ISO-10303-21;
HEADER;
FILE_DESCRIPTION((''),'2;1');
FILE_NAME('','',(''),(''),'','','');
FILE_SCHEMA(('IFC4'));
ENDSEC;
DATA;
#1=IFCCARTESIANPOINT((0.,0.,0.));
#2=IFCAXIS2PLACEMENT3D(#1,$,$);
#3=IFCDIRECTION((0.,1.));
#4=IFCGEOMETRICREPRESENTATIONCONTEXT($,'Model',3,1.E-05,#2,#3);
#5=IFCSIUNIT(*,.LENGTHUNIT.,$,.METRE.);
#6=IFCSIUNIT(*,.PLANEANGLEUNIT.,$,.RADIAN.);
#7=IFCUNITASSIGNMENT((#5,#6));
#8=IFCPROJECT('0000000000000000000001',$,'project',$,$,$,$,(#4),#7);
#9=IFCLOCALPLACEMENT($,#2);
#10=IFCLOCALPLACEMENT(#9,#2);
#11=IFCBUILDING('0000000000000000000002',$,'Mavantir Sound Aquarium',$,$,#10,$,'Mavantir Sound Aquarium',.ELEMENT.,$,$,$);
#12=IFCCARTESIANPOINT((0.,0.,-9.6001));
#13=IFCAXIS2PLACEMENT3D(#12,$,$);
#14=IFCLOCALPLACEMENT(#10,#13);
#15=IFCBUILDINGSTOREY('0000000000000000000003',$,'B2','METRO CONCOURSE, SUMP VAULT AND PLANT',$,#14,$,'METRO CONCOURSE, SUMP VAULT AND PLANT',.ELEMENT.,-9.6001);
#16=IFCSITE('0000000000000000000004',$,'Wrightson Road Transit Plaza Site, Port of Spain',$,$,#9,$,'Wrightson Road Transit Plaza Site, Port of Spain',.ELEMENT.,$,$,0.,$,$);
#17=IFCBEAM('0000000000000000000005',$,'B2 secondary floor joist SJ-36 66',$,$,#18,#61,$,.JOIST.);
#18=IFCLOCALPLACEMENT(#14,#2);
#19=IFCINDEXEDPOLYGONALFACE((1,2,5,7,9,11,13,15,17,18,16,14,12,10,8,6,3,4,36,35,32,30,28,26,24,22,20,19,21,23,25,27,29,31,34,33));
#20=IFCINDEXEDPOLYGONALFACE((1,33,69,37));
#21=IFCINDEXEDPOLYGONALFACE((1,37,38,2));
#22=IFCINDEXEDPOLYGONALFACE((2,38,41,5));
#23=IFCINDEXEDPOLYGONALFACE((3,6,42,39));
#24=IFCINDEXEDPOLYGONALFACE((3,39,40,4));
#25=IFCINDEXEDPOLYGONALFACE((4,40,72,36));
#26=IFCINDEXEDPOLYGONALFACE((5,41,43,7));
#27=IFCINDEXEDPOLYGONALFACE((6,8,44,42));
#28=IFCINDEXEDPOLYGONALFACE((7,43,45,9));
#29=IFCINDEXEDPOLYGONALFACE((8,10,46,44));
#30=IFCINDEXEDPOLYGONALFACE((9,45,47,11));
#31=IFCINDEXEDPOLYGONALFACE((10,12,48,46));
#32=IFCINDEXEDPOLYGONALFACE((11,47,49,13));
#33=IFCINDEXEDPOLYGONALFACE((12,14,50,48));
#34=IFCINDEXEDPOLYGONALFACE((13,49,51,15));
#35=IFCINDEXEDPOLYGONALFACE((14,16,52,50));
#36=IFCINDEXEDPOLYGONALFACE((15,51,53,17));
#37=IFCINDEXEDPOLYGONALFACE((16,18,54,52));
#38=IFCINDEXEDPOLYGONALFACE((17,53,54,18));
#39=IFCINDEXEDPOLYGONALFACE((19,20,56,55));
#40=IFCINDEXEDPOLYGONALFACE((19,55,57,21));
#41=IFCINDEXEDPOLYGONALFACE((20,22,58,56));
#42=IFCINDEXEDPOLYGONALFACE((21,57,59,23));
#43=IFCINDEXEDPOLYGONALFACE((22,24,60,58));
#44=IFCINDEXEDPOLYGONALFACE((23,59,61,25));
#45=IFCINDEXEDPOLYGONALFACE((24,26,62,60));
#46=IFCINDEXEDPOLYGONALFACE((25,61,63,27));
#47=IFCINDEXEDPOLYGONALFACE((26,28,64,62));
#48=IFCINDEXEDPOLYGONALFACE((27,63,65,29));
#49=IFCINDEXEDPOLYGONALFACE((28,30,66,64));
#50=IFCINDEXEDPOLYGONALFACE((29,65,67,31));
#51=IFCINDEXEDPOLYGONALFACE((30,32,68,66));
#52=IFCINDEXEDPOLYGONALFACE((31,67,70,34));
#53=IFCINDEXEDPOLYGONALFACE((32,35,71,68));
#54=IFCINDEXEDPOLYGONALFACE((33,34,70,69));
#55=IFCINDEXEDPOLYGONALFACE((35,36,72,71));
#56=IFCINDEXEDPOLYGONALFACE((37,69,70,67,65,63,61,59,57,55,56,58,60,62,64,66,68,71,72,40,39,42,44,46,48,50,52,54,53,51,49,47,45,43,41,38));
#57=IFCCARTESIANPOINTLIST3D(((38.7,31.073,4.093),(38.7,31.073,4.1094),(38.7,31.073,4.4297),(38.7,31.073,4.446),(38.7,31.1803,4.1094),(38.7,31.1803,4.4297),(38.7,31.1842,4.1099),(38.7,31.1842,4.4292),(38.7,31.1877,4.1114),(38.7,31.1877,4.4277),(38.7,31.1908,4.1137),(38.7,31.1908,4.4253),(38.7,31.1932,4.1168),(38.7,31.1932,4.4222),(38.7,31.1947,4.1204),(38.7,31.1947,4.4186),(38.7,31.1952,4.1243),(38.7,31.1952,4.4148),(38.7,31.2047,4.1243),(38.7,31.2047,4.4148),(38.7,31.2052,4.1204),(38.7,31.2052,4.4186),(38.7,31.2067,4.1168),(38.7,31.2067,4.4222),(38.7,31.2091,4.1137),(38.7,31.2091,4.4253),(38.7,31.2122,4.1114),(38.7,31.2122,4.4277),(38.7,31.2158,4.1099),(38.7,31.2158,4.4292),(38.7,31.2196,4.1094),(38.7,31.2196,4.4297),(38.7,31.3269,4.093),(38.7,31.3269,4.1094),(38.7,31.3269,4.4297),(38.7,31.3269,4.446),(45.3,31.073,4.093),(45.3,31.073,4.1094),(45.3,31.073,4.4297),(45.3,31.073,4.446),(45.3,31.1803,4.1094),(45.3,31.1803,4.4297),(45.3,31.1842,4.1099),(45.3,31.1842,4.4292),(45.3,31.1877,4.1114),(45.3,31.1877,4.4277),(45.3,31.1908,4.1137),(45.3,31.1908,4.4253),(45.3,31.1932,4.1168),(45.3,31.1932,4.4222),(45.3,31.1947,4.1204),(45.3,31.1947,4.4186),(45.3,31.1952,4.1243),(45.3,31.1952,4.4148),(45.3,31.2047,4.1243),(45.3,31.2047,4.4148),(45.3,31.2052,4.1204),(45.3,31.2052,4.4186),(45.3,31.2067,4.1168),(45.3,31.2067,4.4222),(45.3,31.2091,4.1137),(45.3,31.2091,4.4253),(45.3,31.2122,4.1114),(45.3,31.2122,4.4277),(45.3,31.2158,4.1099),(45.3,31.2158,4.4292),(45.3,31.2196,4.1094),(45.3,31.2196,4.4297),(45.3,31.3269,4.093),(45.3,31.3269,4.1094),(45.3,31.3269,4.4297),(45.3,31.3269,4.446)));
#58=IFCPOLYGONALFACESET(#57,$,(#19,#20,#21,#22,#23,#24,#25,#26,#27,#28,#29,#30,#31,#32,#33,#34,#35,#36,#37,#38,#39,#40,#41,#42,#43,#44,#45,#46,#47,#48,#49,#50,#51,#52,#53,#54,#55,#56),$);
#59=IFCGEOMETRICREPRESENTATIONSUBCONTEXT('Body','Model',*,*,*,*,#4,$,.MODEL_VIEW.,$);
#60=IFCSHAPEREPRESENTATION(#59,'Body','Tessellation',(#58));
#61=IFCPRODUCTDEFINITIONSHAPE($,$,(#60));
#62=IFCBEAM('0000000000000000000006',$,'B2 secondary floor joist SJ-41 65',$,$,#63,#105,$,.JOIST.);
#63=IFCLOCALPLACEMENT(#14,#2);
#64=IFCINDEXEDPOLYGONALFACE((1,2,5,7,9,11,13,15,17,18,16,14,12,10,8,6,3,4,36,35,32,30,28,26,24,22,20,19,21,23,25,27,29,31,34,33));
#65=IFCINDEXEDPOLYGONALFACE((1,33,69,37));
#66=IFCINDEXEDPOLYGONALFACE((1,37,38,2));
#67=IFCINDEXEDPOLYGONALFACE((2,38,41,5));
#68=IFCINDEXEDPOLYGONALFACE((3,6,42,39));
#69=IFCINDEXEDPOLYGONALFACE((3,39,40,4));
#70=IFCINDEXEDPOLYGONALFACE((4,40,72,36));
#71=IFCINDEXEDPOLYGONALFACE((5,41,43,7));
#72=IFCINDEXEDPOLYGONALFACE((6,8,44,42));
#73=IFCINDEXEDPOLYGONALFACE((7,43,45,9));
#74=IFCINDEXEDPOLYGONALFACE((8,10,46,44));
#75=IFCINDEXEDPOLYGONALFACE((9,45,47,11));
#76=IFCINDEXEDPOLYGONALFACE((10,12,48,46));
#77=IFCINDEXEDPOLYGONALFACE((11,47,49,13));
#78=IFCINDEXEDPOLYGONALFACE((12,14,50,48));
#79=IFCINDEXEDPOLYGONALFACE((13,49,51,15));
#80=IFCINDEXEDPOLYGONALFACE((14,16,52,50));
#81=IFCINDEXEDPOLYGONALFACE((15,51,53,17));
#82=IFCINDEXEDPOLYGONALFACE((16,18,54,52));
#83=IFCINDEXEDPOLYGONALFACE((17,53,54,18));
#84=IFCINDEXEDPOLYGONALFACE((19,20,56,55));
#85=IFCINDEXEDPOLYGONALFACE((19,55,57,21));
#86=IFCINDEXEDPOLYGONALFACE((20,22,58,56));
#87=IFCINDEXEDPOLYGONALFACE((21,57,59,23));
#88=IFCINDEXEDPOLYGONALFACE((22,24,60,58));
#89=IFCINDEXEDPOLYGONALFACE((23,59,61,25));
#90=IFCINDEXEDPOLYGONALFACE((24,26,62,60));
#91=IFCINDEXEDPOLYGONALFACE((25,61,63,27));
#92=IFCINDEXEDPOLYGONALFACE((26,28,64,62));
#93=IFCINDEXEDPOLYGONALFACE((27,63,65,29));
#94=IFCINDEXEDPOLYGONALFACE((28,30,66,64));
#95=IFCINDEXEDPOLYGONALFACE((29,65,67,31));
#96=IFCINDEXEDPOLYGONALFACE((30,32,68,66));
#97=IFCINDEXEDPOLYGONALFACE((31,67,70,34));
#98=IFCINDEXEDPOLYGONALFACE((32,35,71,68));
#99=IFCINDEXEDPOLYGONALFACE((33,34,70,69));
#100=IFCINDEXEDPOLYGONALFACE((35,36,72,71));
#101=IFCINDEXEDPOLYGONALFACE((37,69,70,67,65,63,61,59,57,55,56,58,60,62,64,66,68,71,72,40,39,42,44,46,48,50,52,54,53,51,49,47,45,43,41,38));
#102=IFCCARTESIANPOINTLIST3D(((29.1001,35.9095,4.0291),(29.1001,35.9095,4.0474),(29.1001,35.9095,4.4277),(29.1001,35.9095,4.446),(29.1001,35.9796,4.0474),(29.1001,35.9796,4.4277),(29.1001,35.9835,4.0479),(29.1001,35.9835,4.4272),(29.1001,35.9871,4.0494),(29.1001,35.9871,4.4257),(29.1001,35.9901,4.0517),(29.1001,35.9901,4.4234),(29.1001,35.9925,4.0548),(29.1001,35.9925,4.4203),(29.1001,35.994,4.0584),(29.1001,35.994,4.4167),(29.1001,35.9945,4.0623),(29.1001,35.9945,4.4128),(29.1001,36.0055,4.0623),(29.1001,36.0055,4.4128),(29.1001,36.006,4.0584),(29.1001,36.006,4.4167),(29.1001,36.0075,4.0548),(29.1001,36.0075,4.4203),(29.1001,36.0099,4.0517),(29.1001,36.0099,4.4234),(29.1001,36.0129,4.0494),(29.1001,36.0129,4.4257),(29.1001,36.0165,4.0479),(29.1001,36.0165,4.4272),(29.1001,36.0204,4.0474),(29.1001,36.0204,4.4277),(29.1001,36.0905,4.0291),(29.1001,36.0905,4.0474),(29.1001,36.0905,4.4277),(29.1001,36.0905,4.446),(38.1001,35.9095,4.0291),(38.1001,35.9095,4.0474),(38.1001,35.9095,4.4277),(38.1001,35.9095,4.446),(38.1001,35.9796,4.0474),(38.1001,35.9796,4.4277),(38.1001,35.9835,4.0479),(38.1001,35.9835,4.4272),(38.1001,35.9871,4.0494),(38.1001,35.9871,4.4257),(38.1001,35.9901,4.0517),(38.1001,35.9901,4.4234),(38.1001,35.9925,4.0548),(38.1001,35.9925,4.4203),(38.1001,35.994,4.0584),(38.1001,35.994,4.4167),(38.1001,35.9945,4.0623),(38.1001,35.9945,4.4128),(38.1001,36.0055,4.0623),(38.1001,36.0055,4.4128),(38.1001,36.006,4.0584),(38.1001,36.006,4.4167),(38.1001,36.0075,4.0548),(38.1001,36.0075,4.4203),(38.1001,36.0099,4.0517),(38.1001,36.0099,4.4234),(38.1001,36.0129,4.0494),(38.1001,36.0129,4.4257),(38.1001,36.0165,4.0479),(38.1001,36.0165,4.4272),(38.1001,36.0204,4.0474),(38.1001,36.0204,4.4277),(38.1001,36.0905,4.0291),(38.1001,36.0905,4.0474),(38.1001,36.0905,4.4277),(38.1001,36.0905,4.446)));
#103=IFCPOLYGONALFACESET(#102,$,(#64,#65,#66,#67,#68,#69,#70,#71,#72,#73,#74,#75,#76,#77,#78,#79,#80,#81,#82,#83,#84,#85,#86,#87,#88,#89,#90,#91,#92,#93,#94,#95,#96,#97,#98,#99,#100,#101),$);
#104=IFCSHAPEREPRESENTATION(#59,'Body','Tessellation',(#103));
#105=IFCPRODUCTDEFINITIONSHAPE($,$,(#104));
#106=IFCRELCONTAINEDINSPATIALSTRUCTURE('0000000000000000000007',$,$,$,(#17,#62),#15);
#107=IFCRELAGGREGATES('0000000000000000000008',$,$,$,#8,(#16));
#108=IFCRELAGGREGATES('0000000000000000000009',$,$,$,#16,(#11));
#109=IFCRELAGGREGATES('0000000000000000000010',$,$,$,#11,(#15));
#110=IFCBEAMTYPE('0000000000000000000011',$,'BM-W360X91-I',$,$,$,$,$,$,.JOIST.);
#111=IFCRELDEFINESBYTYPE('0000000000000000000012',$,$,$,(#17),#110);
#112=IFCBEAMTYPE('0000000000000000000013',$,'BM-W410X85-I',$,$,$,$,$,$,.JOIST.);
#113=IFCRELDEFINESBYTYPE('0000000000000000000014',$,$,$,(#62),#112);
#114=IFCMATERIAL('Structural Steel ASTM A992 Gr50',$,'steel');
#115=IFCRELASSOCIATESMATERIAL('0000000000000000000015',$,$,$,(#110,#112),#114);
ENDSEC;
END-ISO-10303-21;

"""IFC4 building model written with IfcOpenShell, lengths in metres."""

from ifc_helpers import new_model, si_unit, direction, frame, origin, origin_2d, place, context, subcontext, project, spatial, i_section, extrude, material, material_profile, profile_set, type_object, element, save


model = new_model("IFC4")

# Units and contexts
model_context = context("Model", 3, precision=1e-05, world=origin(), true_north=direction((0.0, 1.0)))
body_context = subcontext(model_context, "Body", "Model", "MODEL_VIEW")
ifc_project = project(units=[si_unit("LENGTHUNIT", "METRE"), si_unit("PLANEANGLEUNIT", "RADIAN")], contexts=[model_context])

# Site, building, storey
site_placement = place(None, origin())
site = spatial("IfcSite", under=ifc_project, at=site_placement, Name="Wrightson Road Transit Plaza Site, Port of Spain", LongName="Wrightson Road Transit Plaza Site, Port of Spain", CompositionType="ELEMENT", RefElevation=0.0)
building_placement = place(site_placement, origin())
building = spatial("IfcBuilding", under=site, at=building_placement, Name="Mavantir Sound Aquarium", LongName="Mavantir Sound Aquarium", CompositionType="ELEMENT")
storey_placement = place(building_placement, frame((0.0, 0.0, -9.6001)))
storey = spatial("IfcBuildingStorey", under=building, at=storey_placement, Name="B2", Description="METRO CONCOURSE, SUMP VAULT AND PLANT", LongName="METRO CONCOURSE, SUMP VAULT AND PLANT", CompositionType="ELEMENT", Elevation=-9.6001)

# Beams
ifc_material_1 = material(Name="Structural Steel ASTM A992 Gr50", Category="steel")
ifc_material_profile_1 = material_profile(ifc_material_1, i_section(OverallWidth=0.2539, OverallDepth=0.353, WebThickness=0.0095, FlangeThickness=0.0164, FilletRadius=0.0149, at=origin_2d()), Name="W360X91")
ifc_profile_set_1 = profile_set([ifc_material_profile_1], Name="Structural Steel ASTM A992 Gr50")
beam_type_1 = type_object("IfcBeamType", Name="BM-W360X91-I", PredefinedType="JOIST", material=ifc_profile_set_1)
beam_1_placement = place(storey_placement, frame((38.7, 31.2, 4.2695), z_axis=(1.0, 0.0, 0.0), x_axis=(0.0, 1.0, 0.0)))
element("IfcBeam", 1, at=beam_1_placement, inside=storey, type_object=beam_type_1, Name="B2 secondary floor joist SJ-36 66", PredefinedType="JOIST", context=body_context, shape_type="SweptSolid", body=[
    extrude(i_section(OverallWidth=0.2539, OverallDepth=0.353, WebThickness=0.0095, FlangeThickness=0.0164, FilletRadius=0.0149, at=origin_2d()), origin(), (0.0, 0.0, 1.0), 6.6001),
])
ifc_material_profile_2 = material_profile(ifc_material_1, i_section(OverallWidth=0.1809, OverallDepth=0.417, WebThickness=0.011, FlangeThickness=0.0183, FilletRadius=0.0149, at=origin_2d()), Name="W410X85")
ifc_profile_set_2 = profile_set([ifc_material_profile_2], Name="Structural Steel ASTM A992 Gr50")
beam_type_2 = type_object("IfcBeamType", Name="BM-W410X85-I", PredefinedType="JOIST", material=ifc_profile_set_2)
beam_2_placement = place(storey_placement, frame((29.1001, 36.0, 4.2375), z_axis=(1.0, 0.0, 0.0), x_axis=(0.0, 1.0, 0.0)))
element("IfcBeam", 2, at=beam_2_placement, inside=storey, type_object=beam_type_2, Name="B2 secondary floor joist SJ-41 65", PredefinedType="JOIST", context=body_context, shape_type="SweptSolid", body=[
    extrude(i_section(OverallWidth=0.1809, OverallDepth=0.417, WebThickness=0.011, FlangeThickness=0.0183, FilletRadius=0.0149, at=origin_2d()), origin(), (0.0, 0.0, 1.0), 9.0),
])

save(model, "model.ifc")
